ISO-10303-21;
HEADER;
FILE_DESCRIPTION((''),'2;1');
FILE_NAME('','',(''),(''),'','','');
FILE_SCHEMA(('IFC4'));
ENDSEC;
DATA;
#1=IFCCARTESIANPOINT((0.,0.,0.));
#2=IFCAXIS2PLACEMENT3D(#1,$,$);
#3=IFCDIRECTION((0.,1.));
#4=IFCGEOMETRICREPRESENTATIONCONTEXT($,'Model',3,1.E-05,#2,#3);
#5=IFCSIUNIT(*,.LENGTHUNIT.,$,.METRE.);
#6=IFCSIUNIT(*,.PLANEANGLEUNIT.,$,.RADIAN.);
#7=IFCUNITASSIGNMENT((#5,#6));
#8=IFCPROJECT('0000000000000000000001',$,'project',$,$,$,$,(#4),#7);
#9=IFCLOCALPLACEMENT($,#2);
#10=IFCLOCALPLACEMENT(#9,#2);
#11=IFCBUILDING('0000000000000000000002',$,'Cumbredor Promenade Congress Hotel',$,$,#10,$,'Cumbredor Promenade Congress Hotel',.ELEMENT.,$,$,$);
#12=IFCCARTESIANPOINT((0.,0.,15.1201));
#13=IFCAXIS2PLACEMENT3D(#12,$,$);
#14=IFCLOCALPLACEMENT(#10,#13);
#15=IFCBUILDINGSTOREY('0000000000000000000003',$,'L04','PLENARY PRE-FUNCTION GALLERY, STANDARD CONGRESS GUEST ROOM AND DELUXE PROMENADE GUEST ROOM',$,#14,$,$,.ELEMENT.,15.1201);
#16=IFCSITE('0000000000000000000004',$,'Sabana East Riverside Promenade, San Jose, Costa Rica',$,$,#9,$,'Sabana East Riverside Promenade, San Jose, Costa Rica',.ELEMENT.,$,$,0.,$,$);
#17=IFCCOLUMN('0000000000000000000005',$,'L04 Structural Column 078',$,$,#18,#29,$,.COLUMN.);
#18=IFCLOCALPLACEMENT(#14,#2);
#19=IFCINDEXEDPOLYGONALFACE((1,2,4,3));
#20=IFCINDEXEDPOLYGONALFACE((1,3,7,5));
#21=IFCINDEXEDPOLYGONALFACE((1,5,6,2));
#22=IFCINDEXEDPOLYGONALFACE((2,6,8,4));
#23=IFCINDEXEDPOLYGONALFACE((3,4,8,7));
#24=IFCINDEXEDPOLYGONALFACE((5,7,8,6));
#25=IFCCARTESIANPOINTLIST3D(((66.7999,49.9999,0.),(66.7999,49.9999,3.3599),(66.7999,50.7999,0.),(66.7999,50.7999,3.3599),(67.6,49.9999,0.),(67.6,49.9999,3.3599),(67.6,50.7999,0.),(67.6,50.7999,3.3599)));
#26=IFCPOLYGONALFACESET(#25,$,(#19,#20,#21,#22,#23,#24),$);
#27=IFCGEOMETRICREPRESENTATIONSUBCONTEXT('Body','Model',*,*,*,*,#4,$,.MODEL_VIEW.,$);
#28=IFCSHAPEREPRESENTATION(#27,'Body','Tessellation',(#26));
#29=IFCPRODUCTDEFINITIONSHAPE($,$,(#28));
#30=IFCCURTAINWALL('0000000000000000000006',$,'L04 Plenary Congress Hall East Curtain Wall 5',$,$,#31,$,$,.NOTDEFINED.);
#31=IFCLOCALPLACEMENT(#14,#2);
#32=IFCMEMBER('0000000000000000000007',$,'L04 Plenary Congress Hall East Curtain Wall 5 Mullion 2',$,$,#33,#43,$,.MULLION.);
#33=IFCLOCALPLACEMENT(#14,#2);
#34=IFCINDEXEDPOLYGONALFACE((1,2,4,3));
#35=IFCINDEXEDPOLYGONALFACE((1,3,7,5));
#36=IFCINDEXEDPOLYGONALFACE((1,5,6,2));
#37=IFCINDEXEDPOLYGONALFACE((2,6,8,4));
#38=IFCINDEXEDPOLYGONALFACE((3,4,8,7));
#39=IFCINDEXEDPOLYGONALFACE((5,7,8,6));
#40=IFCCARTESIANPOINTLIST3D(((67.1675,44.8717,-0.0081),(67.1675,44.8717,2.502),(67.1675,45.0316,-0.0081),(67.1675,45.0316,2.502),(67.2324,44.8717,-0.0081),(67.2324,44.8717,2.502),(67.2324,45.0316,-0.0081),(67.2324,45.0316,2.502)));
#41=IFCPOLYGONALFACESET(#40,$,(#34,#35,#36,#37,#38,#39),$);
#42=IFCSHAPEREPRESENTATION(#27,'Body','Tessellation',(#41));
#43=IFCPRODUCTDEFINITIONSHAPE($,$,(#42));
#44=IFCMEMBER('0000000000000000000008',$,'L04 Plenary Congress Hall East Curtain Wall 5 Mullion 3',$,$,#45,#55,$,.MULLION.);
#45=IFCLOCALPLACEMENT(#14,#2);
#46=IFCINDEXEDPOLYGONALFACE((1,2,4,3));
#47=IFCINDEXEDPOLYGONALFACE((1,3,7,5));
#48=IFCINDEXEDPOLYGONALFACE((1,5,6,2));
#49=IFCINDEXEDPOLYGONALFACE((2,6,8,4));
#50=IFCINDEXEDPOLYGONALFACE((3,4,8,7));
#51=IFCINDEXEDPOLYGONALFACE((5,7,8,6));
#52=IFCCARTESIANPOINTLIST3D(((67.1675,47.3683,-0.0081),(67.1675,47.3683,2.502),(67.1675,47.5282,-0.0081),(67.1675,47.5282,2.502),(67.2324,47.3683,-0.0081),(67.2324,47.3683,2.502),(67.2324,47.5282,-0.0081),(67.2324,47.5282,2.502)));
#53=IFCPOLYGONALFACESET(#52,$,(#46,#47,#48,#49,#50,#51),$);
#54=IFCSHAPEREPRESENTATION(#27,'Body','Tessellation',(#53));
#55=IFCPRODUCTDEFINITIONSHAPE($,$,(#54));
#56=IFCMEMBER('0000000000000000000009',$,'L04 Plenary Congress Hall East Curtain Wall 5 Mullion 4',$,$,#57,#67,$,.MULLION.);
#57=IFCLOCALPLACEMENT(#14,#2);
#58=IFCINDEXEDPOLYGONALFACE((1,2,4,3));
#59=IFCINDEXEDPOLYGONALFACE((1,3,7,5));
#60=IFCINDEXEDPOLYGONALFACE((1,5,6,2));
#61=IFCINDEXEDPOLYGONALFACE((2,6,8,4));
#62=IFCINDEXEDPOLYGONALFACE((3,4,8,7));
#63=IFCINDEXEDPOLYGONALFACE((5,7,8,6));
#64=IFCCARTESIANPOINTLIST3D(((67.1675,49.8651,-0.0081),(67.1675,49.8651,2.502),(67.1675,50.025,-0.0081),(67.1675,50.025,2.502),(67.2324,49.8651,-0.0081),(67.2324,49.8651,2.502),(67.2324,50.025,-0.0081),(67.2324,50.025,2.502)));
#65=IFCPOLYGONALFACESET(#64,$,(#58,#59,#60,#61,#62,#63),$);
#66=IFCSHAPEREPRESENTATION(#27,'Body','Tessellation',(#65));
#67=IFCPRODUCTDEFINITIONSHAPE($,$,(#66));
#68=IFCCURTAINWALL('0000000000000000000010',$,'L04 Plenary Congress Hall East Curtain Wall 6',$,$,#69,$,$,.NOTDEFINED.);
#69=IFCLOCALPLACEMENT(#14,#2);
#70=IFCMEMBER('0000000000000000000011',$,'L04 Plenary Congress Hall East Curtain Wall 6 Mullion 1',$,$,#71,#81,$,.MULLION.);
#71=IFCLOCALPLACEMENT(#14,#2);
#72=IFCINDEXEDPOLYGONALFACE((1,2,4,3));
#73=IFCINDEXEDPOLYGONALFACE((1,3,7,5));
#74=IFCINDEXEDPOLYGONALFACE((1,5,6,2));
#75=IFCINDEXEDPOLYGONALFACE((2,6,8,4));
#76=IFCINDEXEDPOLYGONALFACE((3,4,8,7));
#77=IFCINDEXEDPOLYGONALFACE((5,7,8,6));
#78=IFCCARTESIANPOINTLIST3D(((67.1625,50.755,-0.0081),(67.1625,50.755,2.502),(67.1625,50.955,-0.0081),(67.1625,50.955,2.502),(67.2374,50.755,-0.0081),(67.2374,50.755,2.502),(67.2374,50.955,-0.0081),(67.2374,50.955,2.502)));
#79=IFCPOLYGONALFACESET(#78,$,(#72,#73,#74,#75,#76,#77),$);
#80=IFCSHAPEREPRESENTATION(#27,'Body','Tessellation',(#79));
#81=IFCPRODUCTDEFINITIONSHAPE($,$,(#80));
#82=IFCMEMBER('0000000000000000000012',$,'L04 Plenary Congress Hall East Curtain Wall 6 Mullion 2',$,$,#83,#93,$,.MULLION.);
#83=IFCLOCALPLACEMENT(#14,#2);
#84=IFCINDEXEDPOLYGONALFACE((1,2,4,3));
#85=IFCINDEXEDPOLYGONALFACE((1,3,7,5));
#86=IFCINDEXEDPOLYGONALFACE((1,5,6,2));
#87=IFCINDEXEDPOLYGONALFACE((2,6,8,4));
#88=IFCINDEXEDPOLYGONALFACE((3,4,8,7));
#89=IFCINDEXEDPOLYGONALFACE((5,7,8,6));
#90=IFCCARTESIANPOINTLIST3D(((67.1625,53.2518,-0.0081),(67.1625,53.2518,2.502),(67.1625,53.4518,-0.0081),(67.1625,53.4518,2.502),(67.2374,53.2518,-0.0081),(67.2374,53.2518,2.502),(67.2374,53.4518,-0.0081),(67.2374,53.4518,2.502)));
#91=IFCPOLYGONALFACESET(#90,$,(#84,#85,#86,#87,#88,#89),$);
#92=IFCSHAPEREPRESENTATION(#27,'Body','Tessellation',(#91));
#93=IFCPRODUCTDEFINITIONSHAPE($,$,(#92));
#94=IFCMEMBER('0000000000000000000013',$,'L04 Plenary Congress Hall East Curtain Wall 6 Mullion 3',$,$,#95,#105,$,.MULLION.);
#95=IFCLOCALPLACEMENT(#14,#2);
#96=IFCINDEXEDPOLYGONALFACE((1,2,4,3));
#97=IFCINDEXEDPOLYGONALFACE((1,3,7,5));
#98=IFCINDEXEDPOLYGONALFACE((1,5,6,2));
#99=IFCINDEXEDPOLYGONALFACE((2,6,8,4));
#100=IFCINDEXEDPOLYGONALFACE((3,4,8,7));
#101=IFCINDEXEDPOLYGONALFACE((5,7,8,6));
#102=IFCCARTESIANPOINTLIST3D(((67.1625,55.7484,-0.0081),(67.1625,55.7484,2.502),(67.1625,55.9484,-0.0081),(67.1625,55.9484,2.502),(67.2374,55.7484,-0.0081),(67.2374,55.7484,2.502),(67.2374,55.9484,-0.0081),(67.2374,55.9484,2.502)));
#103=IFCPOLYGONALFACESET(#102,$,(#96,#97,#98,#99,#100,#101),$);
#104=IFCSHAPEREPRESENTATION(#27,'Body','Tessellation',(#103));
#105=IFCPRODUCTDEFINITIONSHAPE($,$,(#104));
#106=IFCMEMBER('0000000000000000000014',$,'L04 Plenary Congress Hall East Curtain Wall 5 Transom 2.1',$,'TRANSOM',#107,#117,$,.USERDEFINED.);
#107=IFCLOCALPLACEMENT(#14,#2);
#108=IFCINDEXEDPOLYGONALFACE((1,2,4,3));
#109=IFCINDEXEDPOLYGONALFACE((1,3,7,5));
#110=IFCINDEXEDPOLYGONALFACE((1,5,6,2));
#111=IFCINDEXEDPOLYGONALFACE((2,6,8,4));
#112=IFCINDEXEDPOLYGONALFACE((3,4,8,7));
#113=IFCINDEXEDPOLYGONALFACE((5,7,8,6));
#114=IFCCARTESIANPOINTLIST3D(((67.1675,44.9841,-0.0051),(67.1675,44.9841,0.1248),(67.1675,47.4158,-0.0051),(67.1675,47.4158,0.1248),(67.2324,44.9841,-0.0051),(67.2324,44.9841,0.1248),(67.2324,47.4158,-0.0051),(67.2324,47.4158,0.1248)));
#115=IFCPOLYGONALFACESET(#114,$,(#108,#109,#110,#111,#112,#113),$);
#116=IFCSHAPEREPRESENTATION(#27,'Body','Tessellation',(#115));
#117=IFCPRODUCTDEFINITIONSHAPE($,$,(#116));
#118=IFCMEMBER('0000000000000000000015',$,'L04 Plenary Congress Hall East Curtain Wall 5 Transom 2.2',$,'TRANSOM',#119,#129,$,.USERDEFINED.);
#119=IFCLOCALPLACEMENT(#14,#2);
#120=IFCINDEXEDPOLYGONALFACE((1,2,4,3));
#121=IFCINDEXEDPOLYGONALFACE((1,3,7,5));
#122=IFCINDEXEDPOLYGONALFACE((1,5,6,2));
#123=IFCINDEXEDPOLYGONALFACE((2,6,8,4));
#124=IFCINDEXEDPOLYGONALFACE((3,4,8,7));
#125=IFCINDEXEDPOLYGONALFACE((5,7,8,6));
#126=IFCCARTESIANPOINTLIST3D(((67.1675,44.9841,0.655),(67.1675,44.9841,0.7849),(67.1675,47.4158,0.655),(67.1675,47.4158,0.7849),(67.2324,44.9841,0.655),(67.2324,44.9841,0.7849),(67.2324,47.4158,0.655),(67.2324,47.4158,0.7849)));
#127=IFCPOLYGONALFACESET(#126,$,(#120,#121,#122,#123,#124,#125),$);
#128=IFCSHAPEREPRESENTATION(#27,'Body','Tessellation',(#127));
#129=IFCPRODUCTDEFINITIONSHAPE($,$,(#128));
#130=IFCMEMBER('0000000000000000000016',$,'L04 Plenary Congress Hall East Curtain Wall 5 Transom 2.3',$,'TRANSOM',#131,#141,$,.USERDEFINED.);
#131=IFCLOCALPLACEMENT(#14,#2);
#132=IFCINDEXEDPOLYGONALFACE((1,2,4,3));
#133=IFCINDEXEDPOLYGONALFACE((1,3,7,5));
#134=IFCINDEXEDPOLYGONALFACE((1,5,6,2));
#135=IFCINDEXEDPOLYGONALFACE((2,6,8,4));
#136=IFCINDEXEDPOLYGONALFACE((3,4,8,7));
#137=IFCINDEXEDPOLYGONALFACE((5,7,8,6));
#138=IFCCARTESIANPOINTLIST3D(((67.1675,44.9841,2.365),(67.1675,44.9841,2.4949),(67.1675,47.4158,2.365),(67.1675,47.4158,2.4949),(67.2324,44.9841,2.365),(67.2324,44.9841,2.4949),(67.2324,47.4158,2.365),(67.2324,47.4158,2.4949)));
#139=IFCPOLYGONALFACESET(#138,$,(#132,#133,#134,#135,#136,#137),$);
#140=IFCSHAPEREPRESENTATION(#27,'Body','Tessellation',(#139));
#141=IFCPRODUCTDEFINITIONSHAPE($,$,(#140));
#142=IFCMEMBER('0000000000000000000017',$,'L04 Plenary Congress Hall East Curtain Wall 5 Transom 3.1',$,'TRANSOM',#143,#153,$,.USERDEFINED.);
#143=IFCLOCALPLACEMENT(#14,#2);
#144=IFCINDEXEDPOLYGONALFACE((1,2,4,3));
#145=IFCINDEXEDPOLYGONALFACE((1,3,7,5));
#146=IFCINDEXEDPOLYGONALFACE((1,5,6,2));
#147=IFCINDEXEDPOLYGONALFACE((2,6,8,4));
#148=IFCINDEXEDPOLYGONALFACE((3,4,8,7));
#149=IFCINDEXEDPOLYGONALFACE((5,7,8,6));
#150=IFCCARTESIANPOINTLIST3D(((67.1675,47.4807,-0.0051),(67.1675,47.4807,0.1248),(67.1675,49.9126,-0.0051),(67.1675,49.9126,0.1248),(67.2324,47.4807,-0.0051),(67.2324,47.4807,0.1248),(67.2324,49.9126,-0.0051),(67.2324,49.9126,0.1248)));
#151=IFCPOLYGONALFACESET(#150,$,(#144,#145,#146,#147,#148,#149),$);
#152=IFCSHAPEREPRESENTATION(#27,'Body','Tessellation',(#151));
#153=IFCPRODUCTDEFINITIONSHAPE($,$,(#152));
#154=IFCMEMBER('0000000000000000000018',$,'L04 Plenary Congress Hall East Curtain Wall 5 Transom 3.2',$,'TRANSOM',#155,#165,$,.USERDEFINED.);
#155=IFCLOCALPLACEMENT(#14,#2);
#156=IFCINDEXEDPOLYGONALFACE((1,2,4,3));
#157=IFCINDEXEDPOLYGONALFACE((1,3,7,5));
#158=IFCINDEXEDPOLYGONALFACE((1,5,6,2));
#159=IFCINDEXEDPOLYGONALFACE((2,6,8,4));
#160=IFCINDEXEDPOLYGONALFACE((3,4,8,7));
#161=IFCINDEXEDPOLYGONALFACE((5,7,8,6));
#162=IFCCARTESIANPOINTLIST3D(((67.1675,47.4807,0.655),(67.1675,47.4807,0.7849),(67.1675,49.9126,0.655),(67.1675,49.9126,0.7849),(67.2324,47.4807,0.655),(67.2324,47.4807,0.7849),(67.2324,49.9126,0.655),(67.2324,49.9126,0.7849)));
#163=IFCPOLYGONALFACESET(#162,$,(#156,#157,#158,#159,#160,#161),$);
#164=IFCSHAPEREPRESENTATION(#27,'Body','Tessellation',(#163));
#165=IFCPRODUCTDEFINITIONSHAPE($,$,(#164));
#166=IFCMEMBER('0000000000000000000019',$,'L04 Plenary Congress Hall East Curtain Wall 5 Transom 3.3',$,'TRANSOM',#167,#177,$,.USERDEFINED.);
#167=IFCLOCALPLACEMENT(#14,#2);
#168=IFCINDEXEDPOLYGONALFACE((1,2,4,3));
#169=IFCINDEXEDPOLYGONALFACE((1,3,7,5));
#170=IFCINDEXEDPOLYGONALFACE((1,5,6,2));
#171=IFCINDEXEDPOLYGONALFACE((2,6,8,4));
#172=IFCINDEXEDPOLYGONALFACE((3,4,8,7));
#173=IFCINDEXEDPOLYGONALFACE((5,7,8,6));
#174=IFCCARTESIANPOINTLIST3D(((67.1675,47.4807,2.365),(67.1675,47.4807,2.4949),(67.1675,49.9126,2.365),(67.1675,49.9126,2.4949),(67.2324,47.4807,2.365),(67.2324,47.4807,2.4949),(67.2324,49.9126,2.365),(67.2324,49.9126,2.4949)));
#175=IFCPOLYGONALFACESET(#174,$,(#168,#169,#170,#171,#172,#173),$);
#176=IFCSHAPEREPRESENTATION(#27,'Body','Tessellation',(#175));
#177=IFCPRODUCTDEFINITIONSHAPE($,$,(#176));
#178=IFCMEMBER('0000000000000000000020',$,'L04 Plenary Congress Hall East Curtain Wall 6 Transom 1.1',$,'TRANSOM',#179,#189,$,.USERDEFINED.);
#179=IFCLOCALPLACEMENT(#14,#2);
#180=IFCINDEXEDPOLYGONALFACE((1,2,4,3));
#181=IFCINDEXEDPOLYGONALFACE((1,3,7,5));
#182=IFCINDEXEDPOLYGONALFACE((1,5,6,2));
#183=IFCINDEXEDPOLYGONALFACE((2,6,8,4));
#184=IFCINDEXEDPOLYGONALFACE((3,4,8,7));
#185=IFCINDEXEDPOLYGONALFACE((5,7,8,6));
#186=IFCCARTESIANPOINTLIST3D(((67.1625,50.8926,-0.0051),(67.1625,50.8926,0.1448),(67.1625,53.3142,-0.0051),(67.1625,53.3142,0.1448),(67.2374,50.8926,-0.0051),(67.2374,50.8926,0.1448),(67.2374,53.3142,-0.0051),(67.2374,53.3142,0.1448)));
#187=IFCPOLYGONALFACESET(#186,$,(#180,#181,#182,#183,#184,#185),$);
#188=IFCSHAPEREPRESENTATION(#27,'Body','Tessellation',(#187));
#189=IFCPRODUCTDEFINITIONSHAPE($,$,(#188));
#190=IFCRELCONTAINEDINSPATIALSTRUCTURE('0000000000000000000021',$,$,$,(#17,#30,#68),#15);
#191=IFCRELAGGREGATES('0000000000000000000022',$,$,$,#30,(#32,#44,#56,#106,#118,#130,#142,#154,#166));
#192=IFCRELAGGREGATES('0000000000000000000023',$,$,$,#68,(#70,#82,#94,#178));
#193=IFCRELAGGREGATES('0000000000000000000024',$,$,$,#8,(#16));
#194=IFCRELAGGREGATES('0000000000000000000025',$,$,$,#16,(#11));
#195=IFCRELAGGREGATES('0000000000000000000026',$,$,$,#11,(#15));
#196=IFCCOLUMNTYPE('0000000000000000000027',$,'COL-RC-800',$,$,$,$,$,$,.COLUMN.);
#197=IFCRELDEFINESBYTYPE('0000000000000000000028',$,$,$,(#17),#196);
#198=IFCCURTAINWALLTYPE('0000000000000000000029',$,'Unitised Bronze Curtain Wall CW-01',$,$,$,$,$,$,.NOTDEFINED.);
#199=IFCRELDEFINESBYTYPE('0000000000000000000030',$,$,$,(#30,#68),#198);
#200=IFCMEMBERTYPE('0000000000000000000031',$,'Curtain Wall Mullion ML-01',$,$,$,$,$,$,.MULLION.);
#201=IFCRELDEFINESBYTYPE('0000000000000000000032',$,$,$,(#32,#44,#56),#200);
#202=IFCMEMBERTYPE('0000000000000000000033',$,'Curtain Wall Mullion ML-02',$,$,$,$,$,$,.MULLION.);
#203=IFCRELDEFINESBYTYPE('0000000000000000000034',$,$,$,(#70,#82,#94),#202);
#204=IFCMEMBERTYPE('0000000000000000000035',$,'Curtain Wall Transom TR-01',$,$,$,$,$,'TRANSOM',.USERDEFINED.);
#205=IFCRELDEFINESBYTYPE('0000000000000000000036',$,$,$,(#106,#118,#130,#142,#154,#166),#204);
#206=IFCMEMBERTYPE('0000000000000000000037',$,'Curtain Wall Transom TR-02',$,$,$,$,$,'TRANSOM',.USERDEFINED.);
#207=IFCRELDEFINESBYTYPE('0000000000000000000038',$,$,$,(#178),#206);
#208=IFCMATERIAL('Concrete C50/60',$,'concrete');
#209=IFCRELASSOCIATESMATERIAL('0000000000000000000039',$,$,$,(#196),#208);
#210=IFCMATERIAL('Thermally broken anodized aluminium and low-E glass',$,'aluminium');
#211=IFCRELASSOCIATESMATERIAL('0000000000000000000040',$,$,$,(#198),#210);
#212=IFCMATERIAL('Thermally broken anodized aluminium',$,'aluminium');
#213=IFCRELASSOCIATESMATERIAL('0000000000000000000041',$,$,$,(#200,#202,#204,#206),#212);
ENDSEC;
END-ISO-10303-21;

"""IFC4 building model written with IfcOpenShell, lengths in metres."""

from ifc_helpers import new_model, si_unit, direction, frame, origin, origin_2d, place, context, subcontext, project, spatial, rectangle, extrude, material, material_profile, profile_set, type_object, element, aggregate, save


model = new_model("IFC4")

# Units and contexts
model_context = context("Model", 3, precision=1e-05, world=origin(), true_north=direction((0.0, 1.0)))
body_context = subcontext(model_context, "Body", "Model", "MODEL_VIEW")
ifc_project = project(units=[si_unit("LENGTHUNIT", "METRE"), si_unit("PLANEANGLEUNIT", "RADIAN")], contexts=[model_context])

# Site, building, storey
site_placement = place(None, origin())
site = spatial("IfcSite", under=ifc_project, at=site_placement, Name="Sabana East Riverside Promenade, San Jose, Costa Rica", LongName="Sabana East Riverside Promenade, San Jose, Costa Rica", CompositionType="ELEMENT", RefElevation=0.0)
building_placement = place(site_placement, origin())
building = spatial("IfcBuilding", under=site, at=building_placement, Name="Cumbredor Promenade Congress Hotel", LongName="Cumbredor Promenade Congress Hotel", CompositionType="ELEMENT")
storey_placement = place(building_placement, frame((0.0, 0.0, 15.1201)))
storey = spatial("IfcBuildingStorey", under=building, at=storey_placement, Name="L04", Description="PLENARY PRE-FUNCTION GALLERY, STANDARD CONGRESS GUEST ROOM AND DELUXE PROMENADE GUEST ROOM", CompositionType="ELEMENT", Elevation=15.1201)

# Column
ifc_material_1 = material(Name="Concrete C50/60", Category="concrete")
ifc_material_profile_1 = material_profile(ifc_material_1, rectangle(XDim=0.8, YDim=0.8, at=origin_2d()), Name="RC 800x800")
ifc_profile_set_1 = profile_set([ifc_material_profile_1], Name="Concrete C50/60")
column_type = type_object("IfcColumnType", Name="COL-RC-800", PredefinedType="COLUMN", material=ifc_profile_set_1)
column_placement = place(storey_placement, frame((67.2, 50.3999, 0.0), z_axis=(0.0, 0.0, 1.0), x_axis=(1.0, 0.0, 0.0)))
element("IfcColumn", 1, at=column_placement, inside=storey, type_object=column_type, Name="L04 Structural Column 078", PredefinedType="COLUMN", context=body_context, shape_type="SweptSolid", body=[
    extrude(rectangle(XDim=0.8, YDim=0.8, at=origin_2d()), origin(), (0.0, 0.0, 1.0), 3.3599),
])

# Curtain walls, members
ifc_material_2 = material(Name="Thermally broken anodized aluminium and low-E glass", Category="aluminium")
curtain_wall_type = type_object("IfcCurtainWallType", Name="Unitised Bronze Curtain Wall CW-01", PredefinedType="NOTDEFINED", material=ifc_material_2)
curtain_wall_1_placement = place(storey_placement, origin())
curtain_wall_1 = element("IfcCurtainWall", 2, at=curtain_wall_1_placement, inside=storey, type_object=curtain_wall_type, Name="L04 Plenary Congress Hall East Curtain Wall 5", PredefinedType="NOTDEFINED")
ifc_material_3 = material(Name="Thermally broken anodized aluminium", Category="aluminium")
ifc_material_profile_2 = material_profile(ifc_material_3, rectangle(XDim=0.0649, YDim=0.1599, at=origin_2d()), Name="ALU MULLION 65x160")
ifc_profile_set_2 = profile_set([ifc_material_profile_2], Name="Thermally broken anodized aluminium")
member_type_1 = type_object("IfcMemberType", Name="Curtain Wall Mullion ML-01", PredefinedType="MULLION", material=ifc_profile_set_2)
member_1_placement = place(storey_placement, frame((67.2, 44.9517, -0.0081), z_axis=(0.0, 0.0, 1.0), x_axis=(1.0, 0.0, 0.0)))
member_1 = element("IfcMember", 3, at=member_1_placement, type_object=member_type_1, Name="L04 Plenary Congress Hall East Curtain Wall 5 Mullion 2", PredefinedType="MULLION", context=body_context, shape_type="SweptSolid", body=[
    extrude(rectangle(XDim=0.0649, YDim=0.1599, at=origin_2d()), origin(), (0.0, 0.0, 1.0), 2.51),
])
member_2_placement = place(storey_placement, frame((67.2, 47.4482, -0.0081), z_axis=(0.0, 0.0, 1.0), x_axis=(1.0, 0.0, 0.0)))
member_2 = element("IfcMember", 4, at=member_2_placement, type_object=member_type_1, Name="L04 Plenary Congress Hall East Curtain Wall 5 Mullion 3", PredefinedType="MULLION", context=body_context, shape_type="SweptSolid", body=[
    extrude(rectangle(XDim=0.0649, YDim=0.1599, at=origin_2d()), origin(), (0.0, 0.0, 1.0), 2.51),
])
member_3_placement = place(storey_placement, frame((67.2, 49.9451, -0.0081), z_axis=(0.0, 0.0, 1.0), x_axis=(1.0, 0.0, 0.0)))
member_3 = element("IfcMember", 5, at=member_3_placement, type_object=member_type_1, Name="L04 Plenary Congress Hall East Curtain Wall 5 Mullion 4", PredefinedType="MULLION", context=body_context, shape_type="SweptSolid", body=[
    extrude(rectangle(XDim=0.0649, YDim=0.1599, at=origin_2d()), origin(), (0.0, 0.0, 1.0), 2.51),
])
curtain_wall_2_placement = place(storey_placement, origin())
curtain_wall_2 = element("IfcCurtainWall", 6, at=curtain_wall_2_placement, inside=storey, type_object=curtain_wall_type, Name="L04 Plenary Congress Hall East Curtain Wall 6", PredefinedType="NOTDEFINED")
ifc_material_profile_3 = material_profile(ifc_material_3, rectangle(XDim=0.075, YDim=0.2, at=origin_2d()), Name="ALU MULLION 75x200")
ifc_profile_set_3 = profile_set([ifc_material_profile_3], Name="Thermally broken anodized aluminium")
member_type_2 = type_object("IfcMemberType", Name="Curtain Wall Mullion ML-02", PredefinedType="MULLION", material=ifc_profile_set_3)
member_4_placement = place(storey_placement, frame((67.2, 50.855, -0.0081), z_axis=(0.0, 0.0, 1.0), x_axis=(1.0, 0.0, 0.0)))
member_4 = element("IfcMember", 7, at=member_4_placement, type_object=member_type_2, Name="L04 Plenary Congress Hall East Curtain Wall 6 Mullion 1", PredefinedType="MULLION", context=body_context, shape_type="SweptSolid", body=[
    extrude(rectangle(XDim=0.075, YDim=0.2, at=origin_2d()), origin(), (0.0, 0.0, 1.0), 2.51),
])
member_5_placement = place(storey_placement, frame((67.2, 53.3518, -0.0081), z_axis=(0.0, 0.0, 1.0), x_axis=(1.0, 0.0, 0.0)))
member_5 = element("IfcMember", 8, at=member_5_placement, type_object=member_type_2, Name="L04 Plenary Congress Hall East Curtain Wall 6 Mullion 2", PredefinedType="MULLION", context=body_context, shape_type="SweptSolid", body=[
    extrude(rectangle(XDim=0.075, YDim=0.2, at=origin_2d()), origin(), (0.0, 0.0, 1.0), 2.51),
])
member_6_placement = place(storey_placement, frame((67.2, 55.8484, -0.0081), z_axis=(0.0, 0.0, 1.0), x_axis=(1.0, 0.0, 0.0)))
member_6 = element("IfcMember", 9, at=member_6_placement, type_object=member_type_2, Name="L04 Plenary Congress Hall East Curtain Wall 6 Mullion 3", PredefinedType="MULLION", context=body_context, shape_type="SweptSolid", body=[
    extrude(rectangle(XDim=0.075, YDim=0.2, at=origin_2d()), origin(), (0.0, 0.0, 1.0), 2.51),
])

# Members
ifc_material_profile_4 = material_profile(ifc_material_3, rectangle(XDim=0.0649, YDim=0.1299, at=origin_2d()), Name="ALU TRANSOM 65x130")
ifc_profile_set_4 = profile_set([ifc_material_profile_4], Name="Thermally broken anodized aluminium")
member_type_3 = type_object("IfcMemberType", Name="Curtain Wall Transom TR-01", ElementType="TRANSOM", PredefinedType="USERDEFINED", material=ifc_profile_set_4)
member_7_placement = place(storey_placement, frame((67.2, 44.9841, 0.0598), z_axis=(0.0, 1.0, 0.0), x_axis=(-1.0, 0.0, 0.0)))
member_7 = element("IfcMember", 10, at=member_7_placement, type_object=member_type_3, Name="L04 Plenary Congress Hall East Curtain Wall 5 Transom 2.1", ObjectType="TRANSOM", PredefinedType="USERDEFINED", context=body_context, shape_type="SweptSolid", body=[
    extrude(rectangle(XDim=0.0649, YDim=0.1299, at=origin_2d()), origin(), (0.0, 0.0, 1.0), 2.4316),
])
member_8_placement = place(storey_placement, frame((67.2, 44.9841, 0.72), z_axis=(0.0, 1.0, 0.0), x_axis=(-1.0, 0.0, 0.0)))
member_8 = element("IfcMember", 11, at=member_8_placement, type_object=member_type_3, Name="L04 Plenary Congress Hall East Curtain Wall 5 Transom 2.2", ObjectType="TRANSOM", PredefinedType="USERDEFINED", context=body_context, shape_type="SweptSolid", body=[
    extrude(rectangle(XDim=0.0649, YDim=0.1299, at=origin_2d()), origin(), (0.0, 0.0, 1.0), 2.4316),
])
member_9_placement = place(storey_placement, frame((67.2, 44.9841, 2.4299), z_axis=(0.0, 1.0, 0.0), x_axis=(-1.0, 0.0, 0.0)))
member_9 = element("IfcMember", 12, at=member_9_placement, type_object=member_type_3, Name="L04 Plenary Congress Hall East Curtain Wall 5 Transom 2.3", ObjectType="TRANSOM", PredefinedType="USERDEFINED", context=body_context, shape_type="SweptSolid", body=[
    extrude(rectangle(XDim=0.0649, YDim=0.1299, at=origin_2d()), origin(), (0.0, 0.0, 1.0), 2.4316),
])
member_10_placement = place(storey_placement, frame((67.2, 47.4807, 0.0598), z_axis=(0.0, 1.0, 0.0), x_axis=(-1.0, 0.0, 0.0)))
member_10 = element("IfcMember", 13, at=member_10_placement, type_object=member_type_3, Name="L04 Plenary Congress Hall East Curtain Wall 5 Transom 3.1", ObjectType="TRANSOM", PredefinedType="USERDEFINED", context=body_context, shape_type="SweptSolid", body=[
    extrude(rectangle(XDim=0.0649, YDim=0.1299, at=origin_2d()), origin(), (0.0, 0.0, 1.0), 2.4319),
])
member_11_placement = place(storey_placement, frame((67.2, 47.4807, 0.72), z_axis=(0.0, 1.0, 0.0), x_axis=(-1.0, 0.0, 0.0)))
member_11 = element("IfcMember", 14, at=member_11_placement, type_object=member_type_3, Name="L04 Plenary Congress Hall East Curtain Wall 5 Transom 3.2", ObjectType="TRANSOM", PredefinedType="USERDEFINED", context=body_context, shape_type="SweptSolid", body=[
    extrude(rectangle(XDim=0.0649, YDim=0.1299, at=origin_2d()), origin(), (0.0, 0.0, 1.0), 2.4319),
])
member_12_placement = place(storey_placement, frame((67.2, 47.4807, 2.4299), z_axis=(0.0, 1.0, 0.0), x_axis=(-1.0, 0.0, 0.0)))
member_12 = element("IfcMember", 15, at=member_12_placement, type_object=member_type_3, Name="L04 Plenary Congress Hall East Curtain Wall 5 Transom 3.3", ObjectType="TRANSOM", PredefinedType="USERDEFINED", context=body_context, shape_type="SweptSolid", body=[
    extrude(rectangle(XDim=0.0649, YDim=0.1299, at=origin_2d()), origin(), (0.0, 0.0, 1.0), 2.4319),
])
ifc_material_profile_5 = material_profile(ifc_material_3, rectangle(XDim=0.075, YDim=0.1499, at=origin_2d()), Name="ALU TRANSOM 75x150")
ifc_profile_set_5 = profile_set([ifc_material_profile_5], Name="Thermally broken anodized aluminium")
member_type_4 = type_object("IfcMemberType", Name="Curtain Wall Transom TR-02", ElementType="TRANSOM", PredefinedType="USERDEFINED", material=ifc_profile_set_5)
member_13_placement = place(storey_placement, frame((67.2, 50.8926, 0.0698), z_axis=(0.0, 1.0, 0.0), x_axis=(-1.0, 0.0, 0.0)))
member_13 = element("IfcMember", 16, at=member_13_placement, type_object=member_type_4, Name="L04 Plenary Congress Hall East Curtain Wall 6 Transom 1.1", ObjectType="TRANSOM", PredefinedType="USERDEFINED", context=body_context, shape_type="SweptSolid", body=[
    extrude(rectangle(XDim=0.075, YDim=0.1499, at=origin_2d()), origin(), (0.0, 0.0, 1.0), 2.4216),
])

aggregate(curtain_wall_1, [member_1, member_2, member_3, member_7, member_8, member_9, member_10, member_11, member_12])
aggregate(curtain_wall_2, [member_4, member_5, member_6, member_13])

save(model, "model.ifc")
